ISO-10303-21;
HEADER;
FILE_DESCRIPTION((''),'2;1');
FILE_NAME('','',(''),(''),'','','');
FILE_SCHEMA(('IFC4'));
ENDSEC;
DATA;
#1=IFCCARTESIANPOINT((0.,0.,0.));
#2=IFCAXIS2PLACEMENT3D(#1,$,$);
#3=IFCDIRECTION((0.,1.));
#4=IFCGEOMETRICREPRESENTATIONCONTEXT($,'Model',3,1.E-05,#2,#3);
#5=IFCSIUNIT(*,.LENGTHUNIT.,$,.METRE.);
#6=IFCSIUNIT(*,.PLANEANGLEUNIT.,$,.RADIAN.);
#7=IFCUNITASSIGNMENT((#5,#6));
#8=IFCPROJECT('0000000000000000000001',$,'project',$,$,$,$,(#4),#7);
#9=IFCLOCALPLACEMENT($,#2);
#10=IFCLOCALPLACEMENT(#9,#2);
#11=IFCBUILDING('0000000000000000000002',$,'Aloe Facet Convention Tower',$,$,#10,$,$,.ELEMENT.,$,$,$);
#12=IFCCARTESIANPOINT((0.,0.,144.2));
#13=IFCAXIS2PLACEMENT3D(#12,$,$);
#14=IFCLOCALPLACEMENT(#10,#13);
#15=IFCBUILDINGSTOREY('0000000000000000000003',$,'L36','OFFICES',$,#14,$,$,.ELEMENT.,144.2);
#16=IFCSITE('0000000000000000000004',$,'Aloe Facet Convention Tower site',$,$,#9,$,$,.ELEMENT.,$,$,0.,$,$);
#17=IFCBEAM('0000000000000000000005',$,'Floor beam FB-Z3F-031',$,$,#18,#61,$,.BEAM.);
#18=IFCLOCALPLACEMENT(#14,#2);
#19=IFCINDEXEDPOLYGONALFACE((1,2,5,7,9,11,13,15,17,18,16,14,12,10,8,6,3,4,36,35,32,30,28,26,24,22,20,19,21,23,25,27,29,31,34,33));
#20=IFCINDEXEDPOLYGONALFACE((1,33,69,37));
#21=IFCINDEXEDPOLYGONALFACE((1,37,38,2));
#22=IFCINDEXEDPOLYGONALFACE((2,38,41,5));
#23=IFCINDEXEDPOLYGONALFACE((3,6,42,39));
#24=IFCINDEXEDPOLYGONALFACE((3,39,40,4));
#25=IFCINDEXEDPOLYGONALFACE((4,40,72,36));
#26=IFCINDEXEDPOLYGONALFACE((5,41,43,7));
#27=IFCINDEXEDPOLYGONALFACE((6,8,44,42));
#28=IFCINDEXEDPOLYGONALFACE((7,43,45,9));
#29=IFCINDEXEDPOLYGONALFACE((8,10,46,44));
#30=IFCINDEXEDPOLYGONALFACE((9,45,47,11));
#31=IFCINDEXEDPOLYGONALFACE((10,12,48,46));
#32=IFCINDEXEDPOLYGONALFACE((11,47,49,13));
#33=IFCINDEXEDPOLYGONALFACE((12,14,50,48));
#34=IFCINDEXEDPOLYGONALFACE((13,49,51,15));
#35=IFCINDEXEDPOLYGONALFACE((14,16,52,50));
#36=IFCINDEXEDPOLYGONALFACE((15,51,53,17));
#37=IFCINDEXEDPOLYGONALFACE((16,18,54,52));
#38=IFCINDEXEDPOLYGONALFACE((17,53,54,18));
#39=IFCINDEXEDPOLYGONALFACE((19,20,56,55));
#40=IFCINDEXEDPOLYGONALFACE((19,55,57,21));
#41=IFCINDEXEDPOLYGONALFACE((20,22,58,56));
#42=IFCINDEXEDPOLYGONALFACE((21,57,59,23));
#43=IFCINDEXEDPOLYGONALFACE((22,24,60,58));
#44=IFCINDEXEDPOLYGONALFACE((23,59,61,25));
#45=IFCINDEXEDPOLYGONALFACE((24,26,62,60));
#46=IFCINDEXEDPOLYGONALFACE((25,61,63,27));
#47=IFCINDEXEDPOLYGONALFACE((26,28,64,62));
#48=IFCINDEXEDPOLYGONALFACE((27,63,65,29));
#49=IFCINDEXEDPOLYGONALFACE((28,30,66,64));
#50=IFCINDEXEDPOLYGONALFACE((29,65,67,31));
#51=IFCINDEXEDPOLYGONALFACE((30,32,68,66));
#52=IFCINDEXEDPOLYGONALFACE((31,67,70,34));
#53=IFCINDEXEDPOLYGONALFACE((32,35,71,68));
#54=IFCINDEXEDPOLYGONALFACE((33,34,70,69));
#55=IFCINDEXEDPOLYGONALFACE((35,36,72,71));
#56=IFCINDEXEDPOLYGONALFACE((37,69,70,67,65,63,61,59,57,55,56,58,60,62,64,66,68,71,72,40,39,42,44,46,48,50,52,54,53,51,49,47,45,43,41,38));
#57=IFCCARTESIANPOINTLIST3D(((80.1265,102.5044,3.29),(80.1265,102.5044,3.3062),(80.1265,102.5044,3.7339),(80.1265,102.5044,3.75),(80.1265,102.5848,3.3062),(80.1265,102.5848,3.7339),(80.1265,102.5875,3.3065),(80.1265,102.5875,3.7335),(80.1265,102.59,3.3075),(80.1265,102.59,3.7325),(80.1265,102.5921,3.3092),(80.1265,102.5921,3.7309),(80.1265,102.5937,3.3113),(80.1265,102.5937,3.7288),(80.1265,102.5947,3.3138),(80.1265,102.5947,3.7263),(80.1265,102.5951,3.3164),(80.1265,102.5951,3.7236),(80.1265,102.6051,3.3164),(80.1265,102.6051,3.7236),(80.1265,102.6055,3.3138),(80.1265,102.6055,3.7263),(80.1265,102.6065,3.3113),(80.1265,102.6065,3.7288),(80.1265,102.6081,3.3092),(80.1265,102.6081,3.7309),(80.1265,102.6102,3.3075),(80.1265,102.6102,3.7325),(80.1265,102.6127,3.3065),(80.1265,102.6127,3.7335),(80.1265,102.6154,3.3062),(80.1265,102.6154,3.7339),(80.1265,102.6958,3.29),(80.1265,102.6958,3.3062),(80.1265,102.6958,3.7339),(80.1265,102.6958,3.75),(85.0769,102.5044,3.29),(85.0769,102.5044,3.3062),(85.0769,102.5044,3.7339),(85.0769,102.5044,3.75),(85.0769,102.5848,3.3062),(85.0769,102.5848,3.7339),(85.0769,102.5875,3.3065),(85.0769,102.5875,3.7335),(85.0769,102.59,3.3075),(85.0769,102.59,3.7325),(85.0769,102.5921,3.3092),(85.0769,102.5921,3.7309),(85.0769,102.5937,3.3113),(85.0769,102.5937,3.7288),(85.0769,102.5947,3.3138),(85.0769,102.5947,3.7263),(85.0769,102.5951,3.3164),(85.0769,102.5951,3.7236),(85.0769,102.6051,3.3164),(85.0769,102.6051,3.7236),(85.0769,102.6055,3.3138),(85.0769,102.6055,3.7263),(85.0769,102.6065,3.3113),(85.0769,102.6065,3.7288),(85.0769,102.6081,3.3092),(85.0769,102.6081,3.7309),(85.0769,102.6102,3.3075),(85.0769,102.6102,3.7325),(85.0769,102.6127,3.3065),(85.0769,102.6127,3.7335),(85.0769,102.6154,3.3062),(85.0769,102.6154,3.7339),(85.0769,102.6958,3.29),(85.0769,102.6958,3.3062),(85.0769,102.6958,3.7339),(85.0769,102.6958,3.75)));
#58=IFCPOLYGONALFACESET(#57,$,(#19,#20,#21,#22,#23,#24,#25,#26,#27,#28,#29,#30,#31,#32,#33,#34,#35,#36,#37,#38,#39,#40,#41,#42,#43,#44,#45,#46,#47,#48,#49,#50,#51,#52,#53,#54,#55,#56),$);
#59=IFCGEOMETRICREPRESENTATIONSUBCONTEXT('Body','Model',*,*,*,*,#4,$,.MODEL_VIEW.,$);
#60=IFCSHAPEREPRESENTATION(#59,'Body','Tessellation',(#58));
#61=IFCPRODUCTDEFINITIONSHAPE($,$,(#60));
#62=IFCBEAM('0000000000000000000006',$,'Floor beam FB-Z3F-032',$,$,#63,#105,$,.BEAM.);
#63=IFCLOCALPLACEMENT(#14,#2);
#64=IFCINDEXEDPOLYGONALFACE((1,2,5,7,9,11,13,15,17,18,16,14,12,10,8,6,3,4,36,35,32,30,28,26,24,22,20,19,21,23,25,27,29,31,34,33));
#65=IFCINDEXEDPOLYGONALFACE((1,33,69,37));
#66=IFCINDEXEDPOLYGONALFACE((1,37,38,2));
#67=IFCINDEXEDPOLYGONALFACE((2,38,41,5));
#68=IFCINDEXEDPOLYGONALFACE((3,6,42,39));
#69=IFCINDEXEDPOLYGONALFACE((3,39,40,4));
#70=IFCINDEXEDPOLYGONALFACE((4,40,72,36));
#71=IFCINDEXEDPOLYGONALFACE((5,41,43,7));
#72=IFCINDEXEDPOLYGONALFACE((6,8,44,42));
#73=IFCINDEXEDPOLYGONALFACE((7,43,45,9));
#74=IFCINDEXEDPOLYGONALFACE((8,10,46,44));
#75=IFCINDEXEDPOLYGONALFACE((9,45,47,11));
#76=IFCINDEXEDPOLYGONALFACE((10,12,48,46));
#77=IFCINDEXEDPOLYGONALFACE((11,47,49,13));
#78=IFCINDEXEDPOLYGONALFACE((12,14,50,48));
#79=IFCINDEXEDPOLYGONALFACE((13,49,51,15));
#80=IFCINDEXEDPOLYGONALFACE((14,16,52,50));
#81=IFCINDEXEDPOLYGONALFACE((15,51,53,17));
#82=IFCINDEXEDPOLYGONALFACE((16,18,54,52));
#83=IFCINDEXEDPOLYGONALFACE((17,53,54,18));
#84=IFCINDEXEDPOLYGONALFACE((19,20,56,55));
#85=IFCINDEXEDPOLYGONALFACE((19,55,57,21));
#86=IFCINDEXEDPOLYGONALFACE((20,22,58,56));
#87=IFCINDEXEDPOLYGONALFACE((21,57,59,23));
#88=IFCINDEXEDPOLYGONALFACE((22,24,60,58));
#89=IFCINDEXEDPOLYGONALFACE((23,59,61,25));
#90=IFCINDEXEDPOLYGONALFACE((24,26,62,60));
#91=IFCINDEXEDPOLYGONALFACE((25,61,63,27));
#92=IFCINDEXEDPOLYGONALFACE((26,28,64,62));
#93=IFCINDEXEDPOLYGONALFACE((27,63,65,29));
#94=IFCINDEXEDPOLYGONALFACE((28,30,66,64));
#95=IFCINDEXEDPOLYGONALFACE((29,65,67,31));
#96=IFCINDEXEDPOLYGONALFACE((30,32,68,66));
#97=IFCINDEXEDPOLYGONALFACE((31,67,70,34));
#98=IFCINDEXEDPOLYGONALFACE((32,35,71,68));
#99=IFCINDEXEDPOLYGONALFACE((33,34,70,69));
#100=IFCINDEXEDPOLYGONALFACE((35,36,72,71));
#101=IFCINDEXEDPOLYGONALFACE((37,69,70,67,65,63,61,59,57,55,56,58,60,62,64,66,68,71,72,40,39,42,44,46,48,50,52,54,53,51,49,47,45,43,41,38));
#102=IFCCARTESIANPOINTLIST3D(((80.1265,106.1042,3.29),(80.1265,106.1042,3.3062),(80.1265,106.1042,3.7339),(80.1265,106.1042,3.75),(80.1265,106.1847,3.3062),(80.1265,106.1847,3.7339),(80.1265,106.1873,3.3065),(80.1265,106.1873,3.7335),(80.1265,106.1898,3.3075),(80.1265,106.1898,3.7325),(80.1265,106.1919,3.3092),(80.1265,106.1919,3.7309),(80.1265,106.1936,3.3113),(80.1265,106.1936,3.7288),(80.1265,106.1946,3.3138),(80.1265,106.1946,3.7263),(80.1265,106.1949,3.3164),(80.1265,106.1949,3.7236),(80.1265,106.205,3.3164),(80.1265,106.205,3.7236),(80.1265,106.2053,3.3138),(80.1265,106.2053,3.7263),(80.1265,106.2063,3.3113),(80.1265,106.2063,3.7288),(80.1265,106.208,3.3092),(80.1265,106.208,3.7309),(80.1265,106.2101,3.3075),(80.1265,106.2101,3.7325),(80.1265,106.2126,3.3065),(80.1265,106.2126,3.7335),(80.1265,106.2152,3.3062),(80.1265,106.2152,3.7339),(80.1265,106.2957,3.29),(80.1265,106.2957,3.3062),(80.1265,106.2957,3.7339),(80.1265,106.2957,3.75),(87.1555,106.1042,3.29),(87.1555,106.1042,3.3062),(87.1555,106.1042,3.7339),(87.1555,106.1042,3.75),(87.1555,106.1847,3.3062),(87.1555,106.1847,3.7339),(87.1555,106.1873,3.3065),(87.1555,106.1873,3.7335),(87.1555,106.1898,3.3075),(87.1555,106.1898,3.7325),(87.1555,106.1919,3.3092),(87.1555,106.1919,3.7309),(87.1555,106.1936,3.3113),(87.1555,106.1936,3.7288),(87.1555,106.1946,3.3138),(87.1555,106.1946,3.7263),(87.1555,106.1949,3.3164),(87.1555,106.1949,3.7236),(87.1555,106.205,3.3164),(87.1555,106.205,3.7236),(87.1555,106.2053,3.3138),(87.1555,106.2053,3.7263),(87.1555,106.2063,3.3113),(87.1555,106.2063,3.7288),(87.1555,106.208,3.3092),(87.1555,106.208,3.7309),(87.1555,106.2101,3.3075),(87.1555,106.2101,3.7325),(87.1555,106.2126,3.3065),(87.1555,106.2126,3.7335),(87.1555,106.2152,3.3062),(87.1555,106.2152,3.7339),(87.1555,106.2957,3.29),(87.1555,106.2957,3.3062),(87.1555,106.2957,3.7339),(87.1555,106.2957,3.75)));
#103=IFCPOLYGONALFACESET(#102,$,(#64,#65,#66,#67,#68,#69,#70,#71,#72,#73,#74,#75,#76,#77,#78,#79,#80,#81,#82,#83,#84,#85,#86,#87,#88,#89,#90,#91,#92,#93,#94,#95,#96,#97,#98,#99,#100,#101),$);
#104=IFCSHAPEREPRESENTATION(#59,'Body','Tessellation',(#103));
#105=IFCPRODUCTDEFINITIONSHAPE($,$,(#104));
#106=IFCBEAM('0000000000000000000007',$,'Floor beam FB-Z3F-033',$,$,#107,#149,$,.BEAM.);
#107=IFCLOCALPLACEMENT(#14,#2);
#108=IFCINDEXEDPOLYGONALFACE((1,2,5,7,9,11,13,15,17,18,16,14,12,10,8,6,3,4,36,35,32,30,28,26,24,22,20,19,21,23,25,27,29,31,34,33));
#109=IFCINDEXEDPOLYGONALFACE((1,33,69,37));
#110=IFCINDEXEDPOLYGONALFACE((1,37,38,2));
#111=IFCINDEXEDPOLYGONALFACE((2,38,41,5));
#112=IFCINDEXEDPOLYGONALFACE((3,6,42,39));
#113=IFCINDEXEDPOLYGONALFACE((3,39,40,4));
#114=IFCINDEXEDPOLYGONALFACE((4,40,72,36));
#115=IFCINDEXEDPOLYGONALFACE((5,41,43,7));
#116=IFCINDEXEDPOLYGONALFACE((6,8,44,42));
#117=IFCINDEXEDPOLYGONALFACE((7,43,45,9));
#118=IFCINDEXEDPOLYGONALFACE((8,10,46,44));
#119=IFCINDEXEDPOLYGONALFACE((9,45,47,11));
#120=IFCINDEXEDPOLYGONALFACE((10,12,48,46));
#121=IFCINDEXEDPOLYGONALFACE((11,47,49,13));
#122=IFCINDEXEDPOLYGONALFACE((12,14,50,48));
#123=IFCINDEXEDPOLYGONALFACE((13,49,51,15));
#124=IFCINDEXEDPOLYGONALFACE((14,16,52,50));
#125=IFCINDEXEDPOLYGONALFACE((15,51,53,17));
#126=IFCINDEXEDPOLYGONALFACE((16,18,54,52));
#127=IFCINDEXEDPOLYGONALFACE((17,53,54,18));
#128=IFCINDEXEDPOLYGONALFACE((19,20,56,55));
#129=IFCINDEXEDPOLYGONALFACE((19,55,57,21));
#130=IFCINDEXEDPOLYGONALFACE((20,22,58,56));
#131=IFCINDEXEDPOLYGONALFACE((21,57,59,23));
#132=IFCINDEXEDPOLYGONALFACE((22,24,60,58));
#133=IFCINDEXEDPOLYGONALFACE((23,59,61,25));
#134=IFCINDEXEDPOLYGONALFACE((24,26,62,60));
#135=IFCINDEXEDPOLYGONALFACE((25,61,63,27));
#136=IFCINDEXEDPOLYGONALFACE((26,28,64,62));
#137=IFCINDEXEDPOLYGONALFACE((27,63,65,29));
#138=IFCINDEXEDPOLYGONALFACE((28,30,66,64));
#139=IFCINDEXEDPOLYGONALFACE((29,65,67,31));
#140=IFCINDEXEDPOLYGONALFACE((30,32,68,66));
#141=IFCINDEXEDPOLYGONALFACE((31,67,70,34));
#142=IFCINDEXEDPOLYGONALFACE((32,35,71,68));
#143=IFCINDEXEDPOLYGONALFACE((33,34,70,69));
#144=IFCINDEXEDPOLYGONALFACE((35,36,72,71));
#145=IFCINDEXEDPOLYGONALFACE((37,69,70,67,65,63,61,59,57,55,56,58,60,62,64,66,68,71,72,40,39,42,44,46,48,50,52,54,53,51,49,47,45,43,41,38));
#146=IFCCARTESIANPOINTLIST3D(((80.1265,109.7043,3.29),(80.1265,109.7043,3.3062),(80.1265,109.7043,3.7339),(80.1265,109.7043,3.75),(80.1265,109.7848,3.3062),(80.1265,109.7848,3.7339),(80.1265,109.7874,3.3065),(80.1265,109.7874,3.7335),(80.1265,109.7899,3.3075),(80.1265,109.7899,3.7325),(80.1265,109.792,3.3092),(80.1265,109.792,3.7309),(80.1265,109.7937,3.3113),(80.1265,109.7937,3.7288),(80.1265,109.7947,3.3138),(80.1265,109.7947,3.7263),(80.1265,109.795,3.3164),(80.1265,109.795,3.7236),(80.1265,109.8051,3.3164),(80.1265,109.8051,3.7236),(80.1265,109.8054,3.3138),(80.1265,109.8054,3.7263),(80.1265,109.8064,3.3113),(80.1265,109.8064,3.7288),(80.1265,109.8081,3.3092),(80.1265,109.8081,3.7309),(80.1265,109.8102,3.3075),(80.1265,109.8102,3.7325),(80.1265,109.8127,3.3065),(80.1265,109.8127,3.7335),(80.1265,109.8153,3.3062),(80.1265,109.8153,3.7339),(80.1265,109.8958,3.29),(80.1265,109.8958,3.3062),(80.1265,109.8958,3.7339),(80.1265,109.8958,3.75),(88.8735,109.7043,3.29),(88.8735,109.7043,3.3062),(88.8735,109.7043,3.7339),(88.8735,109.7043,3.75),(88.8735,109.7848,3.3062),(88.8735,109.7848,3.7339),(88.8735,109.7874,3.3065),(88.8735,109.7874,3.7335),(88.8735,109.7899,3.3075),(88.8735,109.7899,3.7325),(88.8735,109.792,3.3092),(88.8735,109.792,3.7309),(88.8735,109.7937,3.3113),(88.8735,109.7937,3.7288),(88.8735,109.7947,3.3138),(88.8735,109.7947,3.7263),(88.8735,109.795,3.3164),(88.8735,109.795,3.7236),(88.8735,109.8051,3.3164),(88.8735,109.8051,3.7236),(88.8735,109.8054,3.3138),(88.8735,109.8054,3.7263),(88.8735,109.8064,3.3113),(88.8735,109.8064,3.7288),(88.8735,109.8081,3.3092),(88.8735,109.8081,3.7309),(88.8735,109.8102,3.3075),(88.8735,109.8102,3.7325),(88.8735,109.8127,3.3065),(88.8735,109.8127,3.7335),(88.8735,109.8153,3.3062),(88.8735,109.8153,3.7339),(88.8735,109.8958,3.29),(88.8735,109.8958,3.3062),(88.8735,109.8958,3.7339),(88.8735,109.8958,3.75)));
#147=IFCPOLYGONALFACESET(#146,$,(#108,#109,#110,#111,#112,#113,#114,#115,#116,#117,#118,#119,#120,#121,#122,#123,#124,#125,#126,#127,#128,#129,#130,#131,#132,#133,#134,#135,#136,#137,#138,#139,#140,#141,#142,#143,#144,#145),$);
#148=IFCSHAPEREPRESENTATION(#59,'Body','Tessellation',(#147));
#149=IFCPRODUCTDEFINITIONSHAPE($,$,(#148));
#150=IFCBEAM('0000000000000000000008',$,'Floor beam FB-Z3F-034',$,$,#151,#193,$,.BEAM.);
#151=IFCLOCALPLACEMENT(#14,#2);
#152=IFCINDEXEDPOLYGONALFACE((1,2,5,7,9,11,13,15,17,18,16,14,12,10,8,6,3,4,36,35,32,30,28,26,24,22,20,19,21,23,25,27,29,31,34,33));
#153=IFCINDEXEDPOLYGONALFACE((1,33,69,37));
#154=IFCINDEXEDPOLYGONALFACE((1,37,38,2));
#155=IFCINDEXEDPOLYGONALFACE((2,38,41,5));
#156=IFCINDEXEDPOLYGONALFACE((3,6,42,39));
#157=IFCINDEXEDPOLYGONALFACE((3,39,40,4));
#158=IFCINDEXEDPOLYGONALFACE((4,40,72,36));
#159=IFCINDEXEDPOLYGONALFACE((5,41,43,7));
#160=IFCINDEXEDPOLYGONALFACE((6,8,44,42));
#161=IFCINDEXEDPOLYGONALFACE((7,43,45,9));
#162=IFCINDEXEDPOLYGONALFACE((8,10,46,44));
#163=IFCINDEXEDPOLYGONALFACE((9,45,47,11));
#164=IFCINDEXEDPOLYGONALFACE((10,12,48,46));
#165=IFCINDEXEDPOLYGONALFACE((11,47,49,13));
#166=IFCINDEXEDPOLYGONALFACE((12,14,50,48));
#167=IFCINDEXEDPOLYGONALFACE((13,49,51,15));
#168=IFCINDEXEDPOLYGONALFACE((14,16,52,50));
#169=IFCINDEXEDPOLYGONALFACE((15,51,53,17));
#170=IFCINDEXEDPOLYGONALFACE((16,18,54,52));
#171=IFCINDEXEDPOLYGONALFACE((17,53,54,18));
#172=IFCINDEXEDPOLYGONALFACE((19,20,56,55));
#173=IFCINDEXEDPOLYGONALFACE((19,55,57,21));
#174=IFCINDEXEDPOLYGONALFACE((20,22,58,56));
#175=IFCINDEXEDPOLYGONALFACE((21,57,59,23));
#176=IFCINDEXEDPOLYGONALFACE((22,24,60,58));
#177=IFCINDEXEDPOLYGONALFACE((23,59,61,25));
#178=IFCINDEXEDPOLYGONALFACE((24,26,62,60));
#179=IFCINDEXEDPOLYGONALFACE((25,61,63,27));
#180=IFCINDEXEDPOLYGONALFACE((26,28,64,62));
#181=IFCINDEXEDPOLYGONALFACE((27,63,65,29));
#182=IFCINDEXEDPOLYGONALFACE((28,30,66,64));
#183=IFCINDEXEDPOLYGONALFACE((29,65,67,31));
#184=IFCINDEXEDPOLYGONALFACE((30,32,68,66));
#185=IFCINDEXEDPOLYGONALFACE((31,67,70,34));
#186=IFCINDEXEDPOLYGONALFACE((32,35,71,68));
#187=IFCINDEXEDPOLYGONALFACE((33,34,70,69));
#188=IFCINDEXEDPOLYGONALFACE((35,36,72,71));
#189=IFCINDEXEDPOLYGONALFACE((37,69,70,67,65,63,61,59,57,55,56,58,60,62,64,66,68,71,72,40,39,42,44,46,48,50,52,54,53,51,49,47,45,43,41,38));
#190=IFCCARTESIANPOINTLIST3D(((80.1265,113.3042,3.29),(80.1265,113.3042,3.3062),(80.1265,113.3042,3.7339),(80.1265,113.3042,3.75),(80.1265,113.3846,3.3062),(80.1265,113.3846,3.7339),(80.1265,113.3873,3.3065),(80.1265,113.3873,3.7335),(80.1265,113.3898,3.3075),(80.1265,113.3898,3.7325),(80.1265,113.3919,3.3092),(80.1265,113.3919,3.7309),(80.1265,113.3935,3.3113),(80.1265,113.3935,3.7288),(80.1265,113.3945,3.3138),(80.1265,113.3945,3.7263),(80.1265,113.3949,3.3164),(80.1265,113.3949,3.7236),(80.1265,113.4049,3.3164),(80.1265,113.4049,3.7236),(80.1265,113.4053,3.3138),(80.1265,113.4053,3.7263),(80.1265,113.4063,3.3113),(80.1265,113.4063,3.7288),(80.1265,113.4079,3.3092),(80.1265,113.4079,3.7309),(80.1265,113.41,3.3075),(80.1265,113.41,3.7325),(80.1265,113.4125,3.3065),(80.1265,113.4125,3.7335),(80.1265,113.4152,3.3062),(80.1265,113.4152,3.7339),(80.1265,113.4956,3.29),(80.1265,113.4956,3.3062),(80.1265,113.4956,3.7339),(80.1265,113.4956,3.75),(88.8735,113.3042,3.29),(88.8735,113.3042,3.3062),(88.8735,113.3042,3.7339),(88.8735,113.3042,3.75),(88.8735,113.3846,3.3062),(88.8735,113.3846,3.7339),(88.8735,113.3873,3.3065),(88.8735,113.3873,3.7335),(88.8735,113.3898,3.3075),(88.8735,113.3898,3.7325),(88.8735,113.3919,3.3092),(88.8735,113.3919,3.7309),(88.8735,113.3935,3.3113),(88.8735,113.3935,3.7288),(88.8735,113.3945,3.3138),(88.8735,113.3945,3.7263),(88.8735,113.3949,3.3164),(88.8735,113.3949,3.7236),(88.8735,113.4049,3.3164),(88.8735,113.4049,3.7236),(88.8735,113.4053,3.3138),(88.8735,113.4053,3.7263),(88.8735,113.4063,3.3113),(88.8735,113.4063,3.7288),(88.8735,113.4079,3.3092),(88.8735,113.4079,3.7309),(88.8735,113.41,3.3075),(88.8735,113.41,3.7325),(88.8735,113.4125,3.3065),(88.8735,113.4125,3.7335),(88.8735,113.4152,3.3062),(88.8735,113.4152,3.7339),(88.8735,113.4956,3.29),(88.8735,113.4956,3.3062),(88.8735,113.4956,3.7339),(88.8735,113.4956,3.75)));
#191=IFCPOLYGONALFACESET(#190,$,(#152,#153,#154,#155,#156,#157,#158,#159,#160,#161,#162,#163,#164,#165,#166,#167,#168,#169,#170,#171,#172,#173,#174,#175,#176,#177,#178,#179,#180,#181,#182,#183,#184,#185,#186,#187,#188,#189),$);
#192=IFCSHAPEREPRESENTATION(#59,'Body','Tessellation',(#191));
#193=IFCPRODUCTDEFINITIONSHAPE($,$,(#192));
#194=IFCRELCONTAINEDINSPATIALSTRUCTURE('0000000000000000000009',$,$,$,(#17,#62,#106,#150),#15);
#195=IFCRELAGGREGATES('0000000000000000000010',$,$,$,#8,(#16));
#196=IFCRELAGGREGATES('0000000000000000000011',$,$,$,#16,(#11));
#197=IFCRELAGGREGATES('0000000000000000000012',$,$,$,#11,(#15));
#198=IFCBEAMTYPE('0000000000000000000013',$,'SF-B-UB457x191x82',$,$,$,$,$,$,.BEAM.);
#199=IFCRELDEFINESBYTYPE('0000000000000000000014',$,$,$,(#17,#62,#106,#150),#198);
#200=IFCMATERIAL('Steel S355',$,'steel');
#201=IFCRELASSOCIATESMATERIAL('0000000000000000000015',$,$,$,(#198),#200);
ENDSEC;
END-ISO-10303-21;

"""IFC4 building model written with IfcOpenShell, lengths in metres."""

from ifc_helpers import new_model, si_unit, direction, frame, origin, origin_2d, place, context, subcontext, project, spatial, i_section, extrude, material, material_profile, profile_set, type_object, element, save


model = new_model("IFC4")

# Units and contexts
model_context = context("Model", 3, precision=1e-05, world=origin(), true_north=direction((0.0, 1.0)))
body_context = subcontext(model_context, "Body", "Model", "MODEL_VIEW")
ifc_project = project(units=[si_unit("LENGTHUNIT", "METRE"), si_unit("PLANEANGLEUNIT", "RADIAN")], contexts=[model_context])

# Site, building, storey
site_placement = place(None, origin())
site = spatial("IfcSite", under=ifc_project, at=site_placement, Name="Aloe Facet Convention Tower site", CompositionType="ELEMENT", RefElevation=0.0)
building_placement = place(site_placement, origin())
building = spatial("IfcBuilding", under=site, at=building_placement, Name="Aloe Facet Convention Tower", CompositionType="ELEMENT")
storey_placement = place(building_placement, frame((0.0, 0.0, 144.2)))
storey = spatial("IfcBuildingStorey", under=building, at=storey_placement, Name="L36", Description="OFFICES", CompositionType="ELEMENT", Elevation=144.2)

# Beams
ifc_material_1 = material(Name="Steel S355", Category="steel")
ifc_material_profile_1 = material_profile(ifc_material_1, i_section(OverallWidth=0.1914, OverallDepth=0.46, WebThickness=0.01, FlangeThickness=0.0161, FilletRadius=0.0103, at=origin_2d()), Name="UB 457x191x82")
ifc_profile_set_1 = profile_set([ifc_material_profile_1], Name="Steel S355")
beam_type_1 = type_object("IfcBeamType", Name="SF-B-UB457x191x82", PredefinedType="BEAM", material=ifc_profile_set_1)
beam_1_placement = place(storey_placement, frame((80.1265, 102.6001, 3.52), z_axis=(1.0, 0.0, 0.0), x_axis=(0.0, 1.0, 0.0)))
element("IfcBeam", 1, at=beam_1_placement, inside=storey, type_object=beam_type_1, Name="Floor beam FB-Z3F-031", PredefinedType="BEAM", context=body_context, shape_type="SweptSolid", body=[
    extrude(i_section(OverallWidth=0.1914, OverallDepth=0.46, WebThickness=0.01, FlangeThickness=0.0161, FilletRadius=0.0103, at=origin_2d()), origin(), (0.0, 0.0, 1.0), 4.9504),
])
beam_2_placement = place(storey_placement, frame((80.1265, 106.2, 3.52), z_axis=(1.0, 0.0, 0.0), x_axis=(0.0, 1.0, 0.0)))
element("IfcBeam", 2, at=beam_2_placement, inside=storey, type_object=beam_type_1, Name="Floor beam FB-Z3F-032", PredefinedType="BEAM", context=body_context, shape_type="SweptSolid", body=[
    extrude(i_section(OverallWidth=0.1914, OverallDepth=0.46, WebThickness=0.01, FlangeThickness=0.0161, FilletRadius=0.0103, at=origin_2d()), origin(), (0.0, 0.0, 1.0), 7.0291),
])
for number, where, z_axis, x_axis, name in (
    (3, (80.1265, 109.8, 3.52), (1.0, 0.0, 0.0), (0.0, 1.0, 0.0), "Floor beam FB-Z3F-033"),
    (4, (80.1265, 113.3999, 3.52), (1.0, 0.0, 0.0), (0.0, 1.0, 0.0), "Floor beam FB-Z3F-034"),
):
    element("IfcBeam", number, at=place(storey_placement, frame(where, z_axis=z_axis, x_axis=x_axis)), inside=storey, type_object=beam_type_1, Name=name, PredefinedType="BEAM", context=body_context, shape_type="SweptSolid", body=[
        extrude(i_section(OverallWidth=0.1914, OverallDepth=0.46, WebThickness=0.01, FlangeThickness=0.0161, FilletRadius=0.0103, at=origin_2d()), origin(), (0.0, 0.0, 1.0), 8.7471),
    ])

save(model, "model.ifc")
